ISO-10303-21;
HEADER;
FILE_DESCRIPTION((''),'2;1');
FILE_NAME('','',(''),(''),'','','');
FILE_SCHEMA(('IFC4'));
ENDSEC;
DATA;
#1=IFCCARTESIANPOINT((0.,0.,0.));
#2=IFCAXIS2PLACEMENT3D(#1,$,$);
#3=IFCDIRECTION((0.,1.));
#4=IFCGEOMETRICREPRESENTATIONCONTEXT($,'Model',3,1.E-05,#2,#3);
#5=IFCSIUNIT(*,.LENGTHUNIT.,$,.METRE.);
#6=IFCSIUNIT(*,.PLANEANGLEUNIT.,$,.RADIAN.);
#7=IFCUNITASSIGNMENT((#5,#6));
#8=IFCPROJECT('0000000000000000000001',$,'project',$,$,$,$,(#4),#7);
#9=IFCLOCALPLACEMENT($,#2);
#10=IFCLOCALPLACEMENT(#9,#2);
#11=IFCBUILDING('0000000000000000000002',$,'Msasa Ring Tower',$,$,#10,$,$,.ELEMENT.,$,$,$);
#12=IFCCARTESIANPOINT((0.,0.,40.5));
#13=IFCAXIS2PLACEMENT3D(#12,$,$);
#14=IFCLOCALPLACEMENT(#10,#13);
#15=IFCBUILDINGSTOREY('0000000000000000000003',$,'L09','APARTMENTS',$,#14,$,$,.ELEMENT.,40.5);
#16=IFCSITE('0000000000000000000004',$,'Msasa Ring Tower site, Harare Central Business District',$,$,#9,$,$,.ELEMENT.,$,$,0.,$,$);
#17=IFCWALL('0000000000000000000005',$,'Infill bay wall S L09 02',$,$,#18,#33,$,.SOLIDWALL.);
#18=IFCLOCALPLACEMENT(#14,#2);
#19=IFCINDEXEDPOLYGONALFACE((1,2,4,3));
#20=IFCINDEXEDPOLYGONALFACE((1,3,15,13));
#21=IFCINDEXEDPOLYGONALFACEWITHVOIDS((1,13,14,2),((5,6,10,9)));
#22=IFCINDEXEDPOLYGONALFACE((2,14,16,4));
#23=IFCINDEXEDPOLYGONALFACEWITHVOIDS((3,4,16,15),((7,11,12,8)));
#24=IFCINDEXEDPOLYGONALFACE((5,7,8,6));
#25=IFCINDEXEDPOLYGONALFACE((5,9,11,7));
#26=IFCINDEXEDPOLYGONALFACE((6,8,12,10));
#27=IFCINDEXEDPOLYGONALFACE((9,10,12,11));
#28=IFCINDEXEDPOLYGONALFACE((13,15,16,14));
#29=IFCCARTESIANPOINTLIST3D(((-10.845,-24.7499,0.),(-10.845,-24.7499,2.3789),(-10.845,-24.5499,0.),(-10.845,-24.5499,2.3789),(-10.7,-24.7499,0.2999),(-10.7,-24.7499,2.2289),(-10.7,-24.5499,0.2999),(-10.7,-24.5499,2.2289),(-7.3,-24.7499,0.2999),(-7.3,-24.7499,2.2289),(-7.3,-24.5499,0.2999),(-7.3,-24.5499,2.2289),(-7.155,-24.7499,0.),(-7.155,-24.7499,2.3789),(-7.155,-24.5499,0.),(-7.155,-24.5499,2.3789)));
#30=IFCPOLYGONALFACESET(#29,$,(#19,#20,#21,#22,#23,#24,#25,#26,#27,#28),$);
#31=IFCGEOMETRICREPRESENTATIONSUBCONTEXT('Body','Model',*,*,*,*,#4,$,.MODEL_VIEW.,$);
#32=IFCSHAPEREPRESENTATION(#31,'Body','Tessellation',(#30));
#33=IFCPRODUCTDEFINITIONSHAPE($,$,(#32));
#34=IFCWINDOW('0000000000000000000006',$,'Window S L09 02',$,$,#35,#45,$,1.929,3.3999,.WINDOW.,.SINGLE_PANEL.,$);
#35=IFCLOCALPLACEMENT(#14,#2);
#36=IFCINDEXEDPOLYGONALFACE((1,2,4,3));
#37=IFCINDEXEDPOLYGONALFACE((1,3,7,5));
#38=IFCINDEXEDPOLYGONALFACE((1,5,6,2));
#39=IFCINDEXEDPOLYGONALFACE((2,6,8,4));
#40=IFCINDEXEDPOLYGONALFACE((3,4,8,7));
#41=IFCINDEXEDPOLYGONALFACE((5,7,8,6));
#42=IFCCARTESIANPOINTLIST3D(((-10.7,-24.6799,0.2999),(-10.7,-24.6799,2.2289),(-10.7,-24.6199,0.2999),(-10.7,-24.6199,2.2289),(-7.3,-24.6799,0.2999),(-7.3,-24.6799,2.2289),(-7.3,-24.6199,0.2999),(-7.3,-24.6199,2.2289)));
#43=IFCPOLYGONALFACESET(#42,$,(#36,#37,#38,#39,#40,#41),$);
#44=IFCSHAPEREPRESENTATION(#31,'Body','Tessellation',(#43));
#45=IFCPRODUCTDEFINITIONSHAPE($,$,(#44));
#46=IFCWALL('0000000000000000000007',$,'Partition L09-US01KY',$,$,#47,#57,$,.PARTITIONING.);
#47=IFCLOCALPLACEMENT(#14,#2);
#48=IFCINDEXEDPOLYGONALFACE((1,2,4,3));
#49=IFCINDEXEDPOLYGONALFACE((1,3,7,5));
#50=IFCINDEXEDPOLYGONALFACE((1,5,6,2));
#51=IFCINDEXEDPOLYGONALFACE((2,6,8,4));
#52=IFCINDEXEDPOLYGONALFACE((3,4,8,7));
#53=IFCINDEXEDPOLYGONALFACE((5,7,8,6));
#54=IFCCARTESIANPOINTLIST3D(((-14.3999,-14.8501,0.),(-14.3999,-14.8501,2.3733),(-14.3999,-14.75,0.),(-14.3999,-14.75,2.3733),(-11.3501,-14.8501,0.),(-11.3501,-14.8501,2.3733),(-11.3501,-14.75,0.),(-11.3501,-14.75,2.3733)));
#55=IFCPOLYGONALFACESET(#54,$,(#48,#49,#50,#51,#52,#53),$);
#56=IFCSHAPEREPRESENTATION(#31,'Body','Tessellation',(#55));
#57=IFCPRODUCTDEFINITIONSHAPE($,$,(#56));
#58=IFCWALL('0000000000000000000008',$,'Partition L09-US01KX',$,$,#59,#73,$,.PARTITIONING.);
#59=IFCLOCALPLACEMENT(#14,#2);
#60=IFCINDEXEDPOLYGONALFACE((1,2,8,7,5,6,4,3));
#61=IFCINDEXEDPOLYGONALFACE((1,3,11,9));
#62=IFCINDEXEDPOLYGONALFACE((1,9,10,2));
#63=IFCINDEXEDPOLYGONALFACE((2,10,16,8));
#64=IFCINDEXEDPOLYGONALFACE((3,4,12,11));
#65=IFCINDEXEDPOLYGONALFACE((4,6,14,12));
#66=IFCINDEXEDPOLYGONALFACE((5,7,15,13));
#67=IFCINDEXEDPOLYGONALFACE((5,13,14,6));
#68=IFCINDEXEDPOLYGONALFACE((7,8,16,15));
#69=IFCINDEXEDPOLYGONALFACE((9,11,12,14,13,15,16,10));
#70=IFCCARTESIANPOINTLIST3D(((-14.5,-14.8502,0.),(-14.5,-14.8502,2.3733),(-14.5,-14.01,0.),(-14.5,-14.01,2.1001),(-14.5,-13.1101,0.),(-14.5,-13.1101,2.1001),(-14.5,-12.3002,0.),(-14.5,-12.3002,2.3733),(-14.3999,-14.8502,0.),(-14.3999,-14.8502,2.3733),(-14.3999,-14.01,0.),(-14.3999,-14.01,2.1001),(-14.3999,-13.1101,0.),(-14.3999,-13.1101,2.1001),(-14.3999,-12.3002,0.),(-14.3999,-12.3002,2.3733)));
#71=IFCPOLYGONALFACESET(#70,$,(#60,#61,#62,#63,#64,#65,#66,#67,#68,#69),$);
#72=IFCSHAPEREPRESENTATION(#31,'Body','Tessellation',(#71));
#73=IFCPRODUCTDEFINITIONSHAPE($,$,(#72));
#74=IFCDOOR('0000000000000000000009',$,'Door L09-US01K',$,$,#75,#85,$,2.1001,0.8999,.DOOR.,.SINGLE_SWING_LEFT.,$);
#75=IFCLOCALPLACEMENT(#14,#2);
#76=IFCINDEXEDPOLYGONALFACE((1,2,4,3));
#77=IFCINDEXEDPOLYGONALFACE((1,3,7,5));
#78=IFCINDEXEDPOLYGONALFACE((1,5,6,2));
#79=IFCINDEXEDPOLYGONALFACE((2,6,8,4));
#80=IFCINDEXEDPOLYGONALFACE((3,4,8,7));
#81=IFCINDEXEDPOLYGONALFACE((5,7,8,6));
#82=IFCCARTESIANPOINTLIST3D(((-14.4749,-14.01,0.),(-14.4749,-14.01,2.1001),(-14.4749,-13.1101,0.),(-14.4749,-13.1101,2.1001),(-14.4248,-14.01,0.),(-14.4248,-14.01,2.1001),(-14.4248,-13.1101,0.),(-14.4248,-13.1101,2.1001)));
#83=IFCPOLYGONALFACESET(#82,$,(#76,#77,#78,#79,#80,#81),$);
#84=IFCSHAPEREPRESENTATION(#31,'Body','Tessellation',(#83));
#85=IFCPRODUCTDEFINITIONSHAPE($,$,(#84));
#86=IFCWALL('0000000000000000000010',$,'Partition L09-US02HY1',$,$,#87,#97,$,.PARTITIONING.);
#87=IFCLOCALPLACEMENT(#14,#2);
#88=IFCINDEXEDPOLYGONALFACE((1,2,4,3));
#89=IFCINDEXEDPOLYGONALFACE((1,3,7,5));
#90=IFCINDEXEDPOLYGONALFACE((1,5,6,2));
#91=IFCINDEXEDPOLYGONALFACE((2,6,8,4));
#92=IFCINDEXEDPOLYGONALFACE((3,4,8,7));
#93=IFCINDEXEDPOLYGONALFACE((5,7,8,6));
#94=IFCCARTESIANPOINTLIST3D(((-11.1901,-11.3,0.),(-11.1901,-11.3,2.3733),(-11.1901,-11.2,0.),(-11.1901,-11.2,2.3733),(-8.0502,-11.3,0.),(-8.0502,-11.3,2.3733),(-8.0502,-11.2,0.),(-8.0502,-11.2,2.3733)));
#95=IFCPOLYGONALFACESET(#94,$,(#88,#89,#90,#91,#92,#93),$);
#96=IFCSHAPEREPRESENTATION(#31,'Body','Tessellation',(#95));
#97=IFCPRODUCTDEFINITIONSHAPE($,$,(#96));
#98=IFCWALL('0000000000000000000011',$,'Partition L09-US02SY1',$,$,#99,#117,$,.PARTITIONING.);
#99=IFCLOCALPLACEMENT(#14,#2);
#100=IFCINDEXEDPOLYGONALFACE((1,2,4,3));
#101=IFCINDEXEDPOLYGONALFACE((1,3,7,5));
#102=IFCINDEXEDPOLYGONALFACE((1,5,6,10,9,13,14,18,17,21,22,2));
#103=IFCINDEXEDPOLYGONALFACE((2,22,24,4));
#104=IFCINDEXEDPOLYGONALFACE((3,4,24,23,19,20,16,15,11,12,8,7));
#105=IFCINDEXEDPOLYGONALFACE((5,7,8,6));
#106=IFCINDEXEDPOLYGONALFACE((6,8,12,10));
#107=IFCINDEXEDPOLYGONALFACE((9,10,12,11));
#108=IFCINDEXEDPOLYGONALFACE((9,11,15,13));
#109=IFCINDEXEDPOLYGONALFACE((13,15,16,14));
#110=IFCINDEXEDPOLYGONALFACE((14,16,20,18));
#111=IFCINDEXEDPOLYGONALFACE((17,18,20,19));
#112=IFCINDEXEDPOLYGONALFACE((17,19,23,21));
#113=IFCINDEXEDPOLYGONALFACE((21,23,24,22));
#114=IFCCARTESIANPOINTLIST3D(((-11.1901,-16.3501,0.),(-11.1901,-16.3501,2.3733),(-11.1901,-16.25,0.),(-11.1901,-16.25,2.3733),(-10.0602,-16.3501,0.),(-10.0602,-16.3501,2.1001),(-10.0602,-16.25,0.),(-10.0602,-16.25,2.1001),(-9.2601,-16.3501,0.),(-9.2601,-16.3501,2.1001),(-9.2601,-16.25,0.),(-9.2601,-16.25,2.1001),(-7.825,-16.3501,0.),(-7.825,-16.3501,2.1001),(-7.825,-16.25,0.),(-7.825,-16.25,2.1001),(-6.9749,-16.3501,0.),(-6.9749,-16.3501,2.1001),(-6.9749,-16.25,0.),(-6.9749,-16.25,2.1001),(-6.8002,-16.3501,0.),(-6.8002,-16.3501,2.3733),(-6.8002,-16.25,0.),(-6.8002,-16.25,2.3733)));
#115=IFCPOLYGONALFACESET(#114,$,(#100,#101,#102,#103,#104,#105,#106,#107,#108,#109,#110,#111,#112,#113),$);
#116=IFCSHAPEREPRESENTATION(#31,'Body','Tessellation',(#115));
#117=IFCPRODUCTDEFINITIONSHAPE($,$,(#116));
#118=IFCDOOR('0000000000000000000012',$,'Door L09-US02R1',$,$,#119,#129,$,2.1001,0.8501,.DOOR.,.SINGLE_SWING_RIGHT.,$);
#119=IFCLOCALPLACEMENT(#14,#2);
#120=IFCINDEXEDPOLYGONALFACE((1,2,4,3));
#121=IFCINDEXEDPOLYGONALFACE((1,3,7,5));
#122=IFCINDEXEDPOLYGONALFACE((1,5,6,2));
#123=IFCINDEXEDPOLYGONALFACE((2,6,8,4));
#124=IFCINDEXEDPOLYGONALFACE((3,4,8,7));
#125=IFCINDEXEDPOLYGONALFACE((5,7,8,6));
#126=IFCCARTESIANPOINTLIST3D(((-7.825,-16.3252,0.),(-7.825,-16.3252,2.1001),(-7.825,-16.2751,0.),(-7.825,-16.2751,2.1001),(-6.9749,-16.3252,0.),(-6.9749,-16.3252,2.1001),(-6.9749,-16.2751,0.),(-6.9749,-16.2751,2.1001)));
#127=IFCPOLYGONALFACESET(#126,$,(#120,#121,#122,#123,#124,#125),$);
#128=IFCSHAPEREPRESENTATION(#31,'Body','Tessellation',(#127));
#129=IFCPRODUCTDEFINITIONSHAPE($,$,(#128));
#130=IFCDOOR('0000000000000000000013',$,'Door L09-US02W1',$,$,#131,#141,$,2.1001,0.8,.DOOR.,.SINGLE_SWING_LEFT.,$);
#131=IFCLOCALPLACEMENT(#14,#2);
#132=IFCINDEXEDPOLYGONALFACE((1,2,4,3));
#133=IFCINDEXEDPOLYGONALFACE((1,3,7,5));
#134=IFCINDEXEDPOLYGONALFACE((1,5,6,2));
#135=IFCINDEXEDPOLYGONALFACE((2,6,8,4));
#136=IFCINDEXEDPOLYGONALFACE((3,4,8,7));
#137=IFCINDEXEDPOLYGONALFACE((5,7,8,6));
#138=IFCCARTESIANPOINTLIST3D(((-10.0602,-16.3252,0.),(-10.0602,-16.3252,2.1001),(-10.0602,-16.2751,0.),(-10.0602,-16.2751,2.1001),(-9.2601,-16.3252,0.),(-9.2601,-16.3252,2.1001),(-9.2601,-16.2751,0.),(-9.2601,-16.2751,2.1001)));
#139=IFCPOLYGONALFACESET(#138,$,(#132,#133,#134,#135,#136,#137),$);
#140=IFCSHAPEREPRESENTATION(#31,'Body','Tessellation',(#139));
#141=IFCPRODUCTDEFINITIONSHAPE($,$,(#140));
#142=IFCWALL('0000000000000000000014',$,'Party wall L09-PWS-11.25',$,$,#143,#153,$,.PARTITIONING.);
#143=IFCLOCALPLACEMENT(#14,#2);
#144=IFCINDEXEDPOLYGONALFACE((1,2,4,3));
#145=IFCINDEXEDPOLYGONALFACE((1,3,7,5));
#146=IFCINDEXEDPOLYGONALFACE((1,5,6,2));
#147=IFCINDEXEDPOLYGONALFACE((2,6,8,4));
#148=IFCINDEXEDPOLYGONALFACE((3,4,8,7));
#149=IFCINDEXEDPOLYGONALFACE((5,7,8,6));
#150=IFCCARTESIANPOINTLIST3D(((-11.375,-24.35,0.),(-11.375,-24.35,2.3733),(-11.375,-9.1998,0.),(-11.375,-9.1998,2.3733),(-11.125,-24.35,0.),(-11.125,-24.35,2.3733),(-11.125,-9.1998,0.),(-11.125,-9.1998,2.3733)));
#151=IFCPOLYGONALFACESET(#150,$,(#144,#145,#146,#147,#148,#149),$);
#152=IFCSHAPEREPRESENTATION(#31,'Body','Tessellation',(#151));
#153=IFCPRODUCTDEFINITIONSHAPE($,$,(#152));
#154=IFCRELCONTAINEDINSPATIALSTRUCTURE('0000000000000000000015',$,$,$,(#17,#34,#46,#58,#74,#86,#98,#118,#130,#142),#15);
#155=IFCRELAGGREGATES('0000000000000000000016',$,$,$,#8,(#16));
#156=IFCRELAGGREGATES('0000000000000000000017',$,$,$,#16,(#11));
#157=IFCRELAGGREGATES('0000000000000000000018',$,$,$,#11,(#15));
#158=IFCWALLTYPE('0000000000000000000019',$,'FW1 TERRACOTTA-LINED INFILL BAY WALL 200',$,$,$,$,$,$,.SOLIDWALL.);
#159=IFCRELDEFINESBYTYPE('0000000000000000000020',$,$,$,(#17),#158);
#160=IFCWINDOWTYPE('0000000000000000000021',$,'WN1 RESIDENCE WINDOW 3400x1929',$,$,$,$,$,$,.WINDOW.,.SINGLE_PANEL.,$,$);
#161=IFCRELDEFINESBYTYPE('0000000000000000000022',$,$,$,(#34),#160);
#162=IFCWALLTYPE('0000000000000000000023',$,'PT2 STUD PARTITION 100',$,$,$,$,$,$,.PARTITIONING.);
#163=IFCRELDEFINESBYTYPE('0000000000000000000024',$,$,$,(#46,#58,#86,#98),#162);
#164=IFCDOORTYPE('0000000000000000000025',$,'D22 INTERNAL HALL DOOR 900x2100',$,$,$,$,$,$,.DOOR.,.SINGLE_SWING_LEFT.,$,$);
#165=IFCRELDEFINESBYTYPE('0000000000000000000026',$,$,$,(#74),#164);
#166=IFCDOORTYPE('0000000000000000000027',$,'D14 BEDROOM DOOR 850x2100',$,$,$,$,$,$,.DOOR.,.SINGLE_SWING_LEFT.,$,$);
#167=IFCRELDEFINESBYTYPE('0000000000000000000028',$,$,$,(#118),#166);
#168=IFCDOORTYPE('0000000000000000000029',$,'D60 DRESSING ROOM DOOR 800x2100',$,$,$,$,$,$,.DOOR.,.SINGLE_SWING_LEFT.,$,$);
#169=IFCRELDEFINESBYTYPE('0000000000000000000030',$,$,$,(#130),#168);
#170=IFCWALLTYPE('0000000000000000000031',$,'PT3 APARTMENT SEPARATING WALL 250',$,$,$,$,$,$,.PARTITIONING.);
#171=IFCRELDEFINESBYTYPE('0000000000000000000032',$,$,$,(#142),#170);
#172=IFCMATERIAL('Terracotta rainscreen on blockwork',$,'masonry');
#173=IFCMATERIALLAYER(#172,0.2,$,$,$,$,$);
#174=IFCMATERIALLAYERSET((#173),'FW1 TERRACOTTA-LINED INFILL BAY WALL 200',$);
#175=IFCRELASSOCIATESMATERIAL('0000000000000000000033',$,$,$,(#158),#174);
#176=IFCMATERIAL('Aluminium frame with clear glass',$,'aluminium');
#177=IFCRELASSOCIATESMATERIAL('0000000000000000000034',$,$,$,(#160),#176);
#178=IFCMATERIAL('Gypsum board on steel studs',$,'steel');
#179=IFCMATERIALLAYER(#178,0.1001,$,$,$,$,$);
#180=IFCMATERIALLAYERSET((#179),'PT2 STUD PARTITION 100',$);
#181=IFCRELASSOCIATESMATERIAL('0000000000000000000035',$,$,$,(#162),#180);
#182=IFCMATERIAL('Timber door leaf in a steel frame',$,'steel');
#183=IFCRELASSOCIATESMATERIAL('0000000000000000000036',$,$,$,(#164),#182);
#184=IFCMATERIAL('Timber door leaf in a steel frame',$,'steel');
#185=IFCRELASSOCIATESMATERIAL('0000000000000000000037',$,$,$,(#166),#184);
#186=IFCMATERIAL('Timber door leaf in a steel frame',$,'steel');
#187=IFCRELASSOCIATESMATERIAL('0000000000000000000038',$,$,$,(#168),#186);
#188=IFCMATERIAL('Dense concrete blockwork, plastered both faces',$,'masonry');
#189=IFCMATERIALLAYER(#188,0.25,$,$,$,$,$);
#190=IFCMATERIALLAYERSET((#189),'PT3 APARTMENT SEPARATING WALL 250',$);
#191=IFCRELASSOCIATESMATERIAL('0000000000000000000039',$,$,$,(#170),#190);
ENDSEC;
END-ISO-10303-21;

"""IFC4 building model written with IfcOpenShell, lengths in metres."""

from ifc_helpers import new_model, si_unit, direction, frame, frame_2d, origin, place, context, subcontext, project, spatial, rectangle, extrude, material, layer, layer_set, type_object, element, fill, save


model = new_model("IFC4")

# Units and contexts
model_context = context("Model", 3, precision=1e-05, world=origin(), true_north=direction((0.0, 1.0)))
body_context = subcontext(model_context, "Body", "Model", "MODEL_VIEW")
ifc_project = project(units=[si_unit("LENGTHUNIT", "METRE"), si_unit("PLANEANGLEUNIT", "RADIAN")], contexts=[model_context])

# Site, building, storey
site_placement = place(None, origin())
site = spatial("IfcSite", under=ifc_project, at=site_placement, Name="Msasa Ring Tower site, Harare Central Business District", CompositionType="ELEMENT", RefElevation=0.0)
building_placement = place(site_placement, origin())
building = spatial("IfcBuilding", under=site, at=building_placement, Name="Msasa Ring Tower", CompositionType="ELEMENT")
storey_placement = place(building_placement, frame((0.0, 0.0, 40.5)))
storey = spatial("IfcBuildingStorey", under=building, at=storey_placement, Name="L09", Description="APARTMENTS", CompositionType="ELEMENT", Elevation=40.5)

# Wall, opening, window
ifc_material_1 = material(Name="Terracotta rainscreen on blockwork", Category="masonry")
ifc_layer_1 = layer(ifc_material_1, 0.2)
ifc_layer_set_1 = layer_set([ifc_layer_1], Name="FW1 TERRACOTTA-LINED INFILL BAY WALL 200")
wall_type_1 = type_object("IfcWallType", Name="FW1 TERRACOTTA-LINED INFILL BAY WALL 200", PredefinedType="SOLIDWALL", material=ifc_layer_set_1)
wall_1_placement = place(storey_placement, frame((-10.845, -24.6499, 0.0), z_axis=(0.0, 0.0, 1.0), x_axis=(1.0, 0.0, 0.0)))
wall_1 = element("IfcWall", 1, at=wall_1_placement, inside=storey, type_object=wall_type_1, Name="Infill bay wall S L09 02", PredefinedType="SOLIDWALL", context=body_context, shape_type="SweptSolid", body=[
    extrude(rectangle(XDim=3.6899, YDim=0.2, at=frame_2d((1.845, 0.0))), origin(), (0.0, 0.0, 1.0), 2.3789),
])
opening_1_placement = place(wall_1_placement, frame((0.145, 0.0, 0.3)))
opening_1 = element("IfcOpeningElement", 2, at=opening_1_placement, cuts=wall_1, PredefinedType="OPENING", context=body_context, shape_type="SweptSolid", body=[
    extrude(rectangle(XDim=3.3999, YDim=1.929, at=frame_2d((1.7, 0.9644))), frame((0.0, 0.1099, 0.0), z_axis=(0.0, -1.0, 0.0), x_axis=(1.0, 0.0, 0.0)), (0.0, 0.0, 1.0), 0.22),
])
ifc_material_2 = material(Name="Aluminium frame with clear glass", Category="aluminium")
window_type = type_object("IfcWindowType", Name="WN1 RESIDENCE WINDOW 3400x1929", PartitioningType="SINGLE_PANEL", PredefinedType="WINDOW", material=ifc_material_2)
window_placement = place(opening_1_placement, origin())
window = element("IfcWindow", 3, at=window_placement, inside=storey, type_object=window_type, Name="Window S L09 02", OverallHeight=1.929, OverallWidth=3.3999, PartitioningType="SINGLE_PANEL", PredefinedType="WINDOW", context=body_context, shape_type="SweptSolid", body=[
    extrude(rectangle(XDim=3.3999, YDim=1.929, at=frame_2d((1.7, 0.9644))), frame((0.0, 0.03, 0.0), z_axis=(0.0, -1.0, 0.0), x_axis=(1.0, 0.0, 0.0)), (0.0, 0.0, 1.0), 0.0601),
])
fill(opening_1, window)

# Wall
ifc_material_3 = material(Name="Gypsum board on steel studs", Category="steel")
ifc_layer_2 = layer(ifc_material_3, 0.1001)
ifc_layer_set_2 = layer_set([ifc_layer_2], Name="PT2 STUD PARTITION 100")
wall_type_2 = type_object("IfcWallType", Name="PT2 STUD PARTITION 100", PredefinedType="PARTITIONING", material=ifc_layer_set_2)
wall_2_placement = place(storey_placement, frame((-14.3999, -14.8, 0.0), z_axis=(0.0, 0.0, 1.0), x_axis=(1.0, 0.0, 0.0)))
element("IfcWall", 4, at=wall_2_placement, inside=storey, type_object=wall_type_2, Name="Partition L09-US01KY", PredefinedType="PARTITIONING", context=body_context, shape_type="SweptSolid", body=[
    extrude(rectangle(XDim=3.0498, YDim=0.1001, at=frame_2d((1.5249, 0.0))), origin(), (0.0, 0.0, 1.0), 2.3733),
])

# Wall, opening, door
wall_3_placement = place(storey_placement, frame((-14.45, -14.8501, 0.0), z_axis=(0.0, 0.0, 1.0), x_axis=(0.0, 1.0, 0.0)))
wall_3 = element("IfcWall", 5, at=wall_3_placement, inside=storey, type_object=wall_type_2, Name="Partition L09-US01KX", PredefinedType="PARTITIONING", context=body_context, shape_type="SweptSolid", body=[
    extrude(rectangle(XDim=2.55, YDim=0.1001, at=frame_2d((1.2749, 0.0))), origin(), (0.0, 0.0, 1.0), 2.3733),
])
opening_2_placement = place(wall_3_placement, frame((0.8401, 0.0, 0.0)))
opening_2 = element("IfcOpeningElement", 6, at=opening_2_placement, cuts=wall_3, PredefinedType="OPENING", context=body_context, shape_type="SweptSolid", body=[
    extrude(rectangle(XDim=0.8999, YDim=2.1001, at=frame_2d((0.45, 1.05))), frame((0.0, 0.0601, 0.0), z_axis=(0.0, -1.0, 0.0), x_axis=(1.0, 0.0, 0.0)), (0.0, 0.0, 1.0), 0.1201),
])
ifc_material_4 = material(Name="Timber door leaf in a steel frame", Category="steel")
door_type_1 = type_object("IfcDoorType", Name="D22 INTERNAL HALL DOOR 900x2100", OperationType="SINGLE_SWING_LEFT", PredefinedType="DOOR", material=ifc_material_4)
door_1_placement = place(opening_2_placement, origin())
door_1 = element("IfcDoor", 7, at=door_1_placement, inside=storey, type_object=door_type_1, Name="Door L09-US01K", OperationType="SINGLE_SWING_LEFT", OverallHeight=2.1001, OverallWidth=0.8999, PredefinedType="DOOR", context=body_context, shape_type="SweptSolid", body=[
    extrude(rectangle(XDim=0.8999, YDim=2.1001, at=frame_2d((0.45, 1.05))), frame((0.0, 0.0249, 0.0), z_axis=(0.0, -1.0, 0.0), x_axis=(1.0, 0.0, 0.0)), (0.0, 0.0, 1.0), 0.05),
])
fill(opening_2, door_1)

# Wall
wall_4_placement = place(storey_placement, frame((-11.1899, -11.25, 0.0), z_axis=(0.0, 0.0, 1.0), x_axis=(1.0, 0.0, 0.0)))
element("IfcWall", 8, at=wall_4_placement, inside=storey, type_object=wall_type_2, Name="Partition L09-US02HY1", PredefinedType="PARTITIONING", context=body_context, shape_type="SweptSolid", body=[
    extrude(rectangle(XDim=3.1399, YDim=0.1001, at=frame_2d((1.5698, 0.0))), origin(), (0.0, 0.0, 1.0), 2.3733),
])

# Wall, openings, doors
wall_5_placement = place(storey_placement, frame((-11.1899, -16.3, 0.0), z_axis=(0.0, 0.0, 1.0), x_axis=(1.0, 0.0, 0.0)))
wall_5 = element("IfcWall", 9, at=wall_5_placement, inside=storey, type_object=wall_type_2, Name="Partition L09-US02SY1", PredefinedType="PARTITIONING", context=body_context, shape_type="SweptSolid", body=[
    extrude(rectangle(XDim=4.3899, YDim=0.1001, at=frame_2d((2.1948, 0.0))), origin(), (0.0, 0.0, 1.0), 2.3733),
])
opening_3_placement = place(wall_5_placement, frame((3.365, 0.0, 0.0)))
opening_3 = element("IfcOpeningElement", 10, at=opening_3_placement, cuts=wall_5, PredefinedType="OPENING", context=body_context, shape_type="SweptSolid", body=[
    extrude(rectangle(XDim=0.8501, YDim=2.1001, at=frame_2d((0.425, 1.05))), frame((0.0, 0.0601, 0.0), z_axis=(0.0, -1.0, 0.0), x_axis=(1.0, 0.0, 0.0)), (0.0, 0.0, 1.0), 0.1201),
])
opening_4_placement = place(wall_5_placement, frame((1.1299, 0.0, 0.0)))
opening_4 = element("IfcOpeningElement", 11, at=opening_4_placement, cuts=wall_5, PredefinedType="OPENING", context=body_context, shape_type="SweptSolid", body=[
    extrude(rectangle(XDim=0.8, YDim=2.1001, at=frame_2d((0.3999, 1.05))), frame((0.0, 0.0601, 0.0), z_axis=(0.0, -1.0, 0.0), x_axis=(1.0, 0.0, 0.0)), (0.0, 0.0, 1.0), 0.1201),
])
ifc_material_5 = material(Name="Timber door leaf in a steel frame", Category="steel")
door_type_2 = type_object("IfcDoorType", Name="D14 BEDROOM DOOR 850x2100", OperationType="SINGLE_SWING_LEFT", PredefinedType="DOOR", material=ifc_material_5)
door_2_placement = place(opening_3_placement, origin())
door_2 = element("IfcDoor", 12, at=door_2_placement, inside=storey, type_object=door_type_2, Name="Door L09-US02R1", OperationType="SINGLE_SWING_RIGHT", OverallHeight=2.1001, OverallWidth=0.8501, PredefinedType="DOOR", context=body_context, shape_type="SweptSolid", body=[
    extrude(rectangle(XDim=0.8501, YDim=2.1001, at=frame_2d((0.425, 1.05))), frame((0.0, 0.0249, 0.0), z_axis=(0.0, -1.0, 0.0), x_axis=(1.0, 0.0, 0.0)), (0.0, 0.0, 1.0), 0.05),
])
fill(opening_3, door_2)
ifc_material_6 = material(Name="Timber door leaf in a steel frame", Category="steel")
door_type_3 = type_object("IfcDoorType", Name="D60 DRESSING ROOM DOOR 800x2100", OperationType="SINGLE_SWING_LEFT", PredefinedType="DOOR", material=ifc_material_6)
door_3_placement = place(opening_4_placement, origin())
door_3 = element("IfcDoor", 13, at=door_3_placement, inside=storey, type_object=door_type_3, Name="Door L09-US02W1", OperationType="SINGLE_SWING_LEFT", OverallHeight=2.1001, OverallWidth=0.8, PredefinedType="DOOR", context=body_context, shape_type="SweptSolid", body=[
    extrude(rectangle(XDim=0.8, YDim=2.1001, at=frame_2d((0.3999, 1.05))), frame((0.0, 0.0249, 0.0), z_axis=(0.0, -1.0, 0.0), x_axis=(1.0, 0.0, 0.0)), (0.0, 0.0, 1.0), 0.05),
])
fill(opening_4, door_3)

# Wall
ifc_material_7 = material(Name="Dense concrete blockwork, plastered both faces", Category="masonry")
ifc_layer_3 = layer(ifc_material_7, 0.25)
ifc_layer_set_3 = layer_set([ifc_layer_3], Name="PT3 APARTMENT SEPARATING WALL 250")
wall_type_3 = type_object("IfcWallType", Name="PT3 APARTMENT SEPARATING WALL 250", PredefinedType="PARTITIONING", material=ifc_layer_set_3)
wall_6_placement = place(storey_placement, frame((-11.25, -24.3501, 0.0), z_axis=(0.0, 0.0, 1.0), x_axis=(0.0, 1.0, 0.0)))
element("IfcWall", 14, at=wall_6_placement, inside=storey, type_object=wall_type_3, Name="Party wall L09-PWS-11.25", PredefinedType="PARTITIONING", context=body_context, shape_type="SweptSolid", body=[
    extrude(rectangle(XDim=15.1501, YDim=0.25, at=frame_2d((7.5752, 0.0))), origin(), (0.0, 0.0, 1.0), 2.3733),
])

save(model, "model.ifc")
